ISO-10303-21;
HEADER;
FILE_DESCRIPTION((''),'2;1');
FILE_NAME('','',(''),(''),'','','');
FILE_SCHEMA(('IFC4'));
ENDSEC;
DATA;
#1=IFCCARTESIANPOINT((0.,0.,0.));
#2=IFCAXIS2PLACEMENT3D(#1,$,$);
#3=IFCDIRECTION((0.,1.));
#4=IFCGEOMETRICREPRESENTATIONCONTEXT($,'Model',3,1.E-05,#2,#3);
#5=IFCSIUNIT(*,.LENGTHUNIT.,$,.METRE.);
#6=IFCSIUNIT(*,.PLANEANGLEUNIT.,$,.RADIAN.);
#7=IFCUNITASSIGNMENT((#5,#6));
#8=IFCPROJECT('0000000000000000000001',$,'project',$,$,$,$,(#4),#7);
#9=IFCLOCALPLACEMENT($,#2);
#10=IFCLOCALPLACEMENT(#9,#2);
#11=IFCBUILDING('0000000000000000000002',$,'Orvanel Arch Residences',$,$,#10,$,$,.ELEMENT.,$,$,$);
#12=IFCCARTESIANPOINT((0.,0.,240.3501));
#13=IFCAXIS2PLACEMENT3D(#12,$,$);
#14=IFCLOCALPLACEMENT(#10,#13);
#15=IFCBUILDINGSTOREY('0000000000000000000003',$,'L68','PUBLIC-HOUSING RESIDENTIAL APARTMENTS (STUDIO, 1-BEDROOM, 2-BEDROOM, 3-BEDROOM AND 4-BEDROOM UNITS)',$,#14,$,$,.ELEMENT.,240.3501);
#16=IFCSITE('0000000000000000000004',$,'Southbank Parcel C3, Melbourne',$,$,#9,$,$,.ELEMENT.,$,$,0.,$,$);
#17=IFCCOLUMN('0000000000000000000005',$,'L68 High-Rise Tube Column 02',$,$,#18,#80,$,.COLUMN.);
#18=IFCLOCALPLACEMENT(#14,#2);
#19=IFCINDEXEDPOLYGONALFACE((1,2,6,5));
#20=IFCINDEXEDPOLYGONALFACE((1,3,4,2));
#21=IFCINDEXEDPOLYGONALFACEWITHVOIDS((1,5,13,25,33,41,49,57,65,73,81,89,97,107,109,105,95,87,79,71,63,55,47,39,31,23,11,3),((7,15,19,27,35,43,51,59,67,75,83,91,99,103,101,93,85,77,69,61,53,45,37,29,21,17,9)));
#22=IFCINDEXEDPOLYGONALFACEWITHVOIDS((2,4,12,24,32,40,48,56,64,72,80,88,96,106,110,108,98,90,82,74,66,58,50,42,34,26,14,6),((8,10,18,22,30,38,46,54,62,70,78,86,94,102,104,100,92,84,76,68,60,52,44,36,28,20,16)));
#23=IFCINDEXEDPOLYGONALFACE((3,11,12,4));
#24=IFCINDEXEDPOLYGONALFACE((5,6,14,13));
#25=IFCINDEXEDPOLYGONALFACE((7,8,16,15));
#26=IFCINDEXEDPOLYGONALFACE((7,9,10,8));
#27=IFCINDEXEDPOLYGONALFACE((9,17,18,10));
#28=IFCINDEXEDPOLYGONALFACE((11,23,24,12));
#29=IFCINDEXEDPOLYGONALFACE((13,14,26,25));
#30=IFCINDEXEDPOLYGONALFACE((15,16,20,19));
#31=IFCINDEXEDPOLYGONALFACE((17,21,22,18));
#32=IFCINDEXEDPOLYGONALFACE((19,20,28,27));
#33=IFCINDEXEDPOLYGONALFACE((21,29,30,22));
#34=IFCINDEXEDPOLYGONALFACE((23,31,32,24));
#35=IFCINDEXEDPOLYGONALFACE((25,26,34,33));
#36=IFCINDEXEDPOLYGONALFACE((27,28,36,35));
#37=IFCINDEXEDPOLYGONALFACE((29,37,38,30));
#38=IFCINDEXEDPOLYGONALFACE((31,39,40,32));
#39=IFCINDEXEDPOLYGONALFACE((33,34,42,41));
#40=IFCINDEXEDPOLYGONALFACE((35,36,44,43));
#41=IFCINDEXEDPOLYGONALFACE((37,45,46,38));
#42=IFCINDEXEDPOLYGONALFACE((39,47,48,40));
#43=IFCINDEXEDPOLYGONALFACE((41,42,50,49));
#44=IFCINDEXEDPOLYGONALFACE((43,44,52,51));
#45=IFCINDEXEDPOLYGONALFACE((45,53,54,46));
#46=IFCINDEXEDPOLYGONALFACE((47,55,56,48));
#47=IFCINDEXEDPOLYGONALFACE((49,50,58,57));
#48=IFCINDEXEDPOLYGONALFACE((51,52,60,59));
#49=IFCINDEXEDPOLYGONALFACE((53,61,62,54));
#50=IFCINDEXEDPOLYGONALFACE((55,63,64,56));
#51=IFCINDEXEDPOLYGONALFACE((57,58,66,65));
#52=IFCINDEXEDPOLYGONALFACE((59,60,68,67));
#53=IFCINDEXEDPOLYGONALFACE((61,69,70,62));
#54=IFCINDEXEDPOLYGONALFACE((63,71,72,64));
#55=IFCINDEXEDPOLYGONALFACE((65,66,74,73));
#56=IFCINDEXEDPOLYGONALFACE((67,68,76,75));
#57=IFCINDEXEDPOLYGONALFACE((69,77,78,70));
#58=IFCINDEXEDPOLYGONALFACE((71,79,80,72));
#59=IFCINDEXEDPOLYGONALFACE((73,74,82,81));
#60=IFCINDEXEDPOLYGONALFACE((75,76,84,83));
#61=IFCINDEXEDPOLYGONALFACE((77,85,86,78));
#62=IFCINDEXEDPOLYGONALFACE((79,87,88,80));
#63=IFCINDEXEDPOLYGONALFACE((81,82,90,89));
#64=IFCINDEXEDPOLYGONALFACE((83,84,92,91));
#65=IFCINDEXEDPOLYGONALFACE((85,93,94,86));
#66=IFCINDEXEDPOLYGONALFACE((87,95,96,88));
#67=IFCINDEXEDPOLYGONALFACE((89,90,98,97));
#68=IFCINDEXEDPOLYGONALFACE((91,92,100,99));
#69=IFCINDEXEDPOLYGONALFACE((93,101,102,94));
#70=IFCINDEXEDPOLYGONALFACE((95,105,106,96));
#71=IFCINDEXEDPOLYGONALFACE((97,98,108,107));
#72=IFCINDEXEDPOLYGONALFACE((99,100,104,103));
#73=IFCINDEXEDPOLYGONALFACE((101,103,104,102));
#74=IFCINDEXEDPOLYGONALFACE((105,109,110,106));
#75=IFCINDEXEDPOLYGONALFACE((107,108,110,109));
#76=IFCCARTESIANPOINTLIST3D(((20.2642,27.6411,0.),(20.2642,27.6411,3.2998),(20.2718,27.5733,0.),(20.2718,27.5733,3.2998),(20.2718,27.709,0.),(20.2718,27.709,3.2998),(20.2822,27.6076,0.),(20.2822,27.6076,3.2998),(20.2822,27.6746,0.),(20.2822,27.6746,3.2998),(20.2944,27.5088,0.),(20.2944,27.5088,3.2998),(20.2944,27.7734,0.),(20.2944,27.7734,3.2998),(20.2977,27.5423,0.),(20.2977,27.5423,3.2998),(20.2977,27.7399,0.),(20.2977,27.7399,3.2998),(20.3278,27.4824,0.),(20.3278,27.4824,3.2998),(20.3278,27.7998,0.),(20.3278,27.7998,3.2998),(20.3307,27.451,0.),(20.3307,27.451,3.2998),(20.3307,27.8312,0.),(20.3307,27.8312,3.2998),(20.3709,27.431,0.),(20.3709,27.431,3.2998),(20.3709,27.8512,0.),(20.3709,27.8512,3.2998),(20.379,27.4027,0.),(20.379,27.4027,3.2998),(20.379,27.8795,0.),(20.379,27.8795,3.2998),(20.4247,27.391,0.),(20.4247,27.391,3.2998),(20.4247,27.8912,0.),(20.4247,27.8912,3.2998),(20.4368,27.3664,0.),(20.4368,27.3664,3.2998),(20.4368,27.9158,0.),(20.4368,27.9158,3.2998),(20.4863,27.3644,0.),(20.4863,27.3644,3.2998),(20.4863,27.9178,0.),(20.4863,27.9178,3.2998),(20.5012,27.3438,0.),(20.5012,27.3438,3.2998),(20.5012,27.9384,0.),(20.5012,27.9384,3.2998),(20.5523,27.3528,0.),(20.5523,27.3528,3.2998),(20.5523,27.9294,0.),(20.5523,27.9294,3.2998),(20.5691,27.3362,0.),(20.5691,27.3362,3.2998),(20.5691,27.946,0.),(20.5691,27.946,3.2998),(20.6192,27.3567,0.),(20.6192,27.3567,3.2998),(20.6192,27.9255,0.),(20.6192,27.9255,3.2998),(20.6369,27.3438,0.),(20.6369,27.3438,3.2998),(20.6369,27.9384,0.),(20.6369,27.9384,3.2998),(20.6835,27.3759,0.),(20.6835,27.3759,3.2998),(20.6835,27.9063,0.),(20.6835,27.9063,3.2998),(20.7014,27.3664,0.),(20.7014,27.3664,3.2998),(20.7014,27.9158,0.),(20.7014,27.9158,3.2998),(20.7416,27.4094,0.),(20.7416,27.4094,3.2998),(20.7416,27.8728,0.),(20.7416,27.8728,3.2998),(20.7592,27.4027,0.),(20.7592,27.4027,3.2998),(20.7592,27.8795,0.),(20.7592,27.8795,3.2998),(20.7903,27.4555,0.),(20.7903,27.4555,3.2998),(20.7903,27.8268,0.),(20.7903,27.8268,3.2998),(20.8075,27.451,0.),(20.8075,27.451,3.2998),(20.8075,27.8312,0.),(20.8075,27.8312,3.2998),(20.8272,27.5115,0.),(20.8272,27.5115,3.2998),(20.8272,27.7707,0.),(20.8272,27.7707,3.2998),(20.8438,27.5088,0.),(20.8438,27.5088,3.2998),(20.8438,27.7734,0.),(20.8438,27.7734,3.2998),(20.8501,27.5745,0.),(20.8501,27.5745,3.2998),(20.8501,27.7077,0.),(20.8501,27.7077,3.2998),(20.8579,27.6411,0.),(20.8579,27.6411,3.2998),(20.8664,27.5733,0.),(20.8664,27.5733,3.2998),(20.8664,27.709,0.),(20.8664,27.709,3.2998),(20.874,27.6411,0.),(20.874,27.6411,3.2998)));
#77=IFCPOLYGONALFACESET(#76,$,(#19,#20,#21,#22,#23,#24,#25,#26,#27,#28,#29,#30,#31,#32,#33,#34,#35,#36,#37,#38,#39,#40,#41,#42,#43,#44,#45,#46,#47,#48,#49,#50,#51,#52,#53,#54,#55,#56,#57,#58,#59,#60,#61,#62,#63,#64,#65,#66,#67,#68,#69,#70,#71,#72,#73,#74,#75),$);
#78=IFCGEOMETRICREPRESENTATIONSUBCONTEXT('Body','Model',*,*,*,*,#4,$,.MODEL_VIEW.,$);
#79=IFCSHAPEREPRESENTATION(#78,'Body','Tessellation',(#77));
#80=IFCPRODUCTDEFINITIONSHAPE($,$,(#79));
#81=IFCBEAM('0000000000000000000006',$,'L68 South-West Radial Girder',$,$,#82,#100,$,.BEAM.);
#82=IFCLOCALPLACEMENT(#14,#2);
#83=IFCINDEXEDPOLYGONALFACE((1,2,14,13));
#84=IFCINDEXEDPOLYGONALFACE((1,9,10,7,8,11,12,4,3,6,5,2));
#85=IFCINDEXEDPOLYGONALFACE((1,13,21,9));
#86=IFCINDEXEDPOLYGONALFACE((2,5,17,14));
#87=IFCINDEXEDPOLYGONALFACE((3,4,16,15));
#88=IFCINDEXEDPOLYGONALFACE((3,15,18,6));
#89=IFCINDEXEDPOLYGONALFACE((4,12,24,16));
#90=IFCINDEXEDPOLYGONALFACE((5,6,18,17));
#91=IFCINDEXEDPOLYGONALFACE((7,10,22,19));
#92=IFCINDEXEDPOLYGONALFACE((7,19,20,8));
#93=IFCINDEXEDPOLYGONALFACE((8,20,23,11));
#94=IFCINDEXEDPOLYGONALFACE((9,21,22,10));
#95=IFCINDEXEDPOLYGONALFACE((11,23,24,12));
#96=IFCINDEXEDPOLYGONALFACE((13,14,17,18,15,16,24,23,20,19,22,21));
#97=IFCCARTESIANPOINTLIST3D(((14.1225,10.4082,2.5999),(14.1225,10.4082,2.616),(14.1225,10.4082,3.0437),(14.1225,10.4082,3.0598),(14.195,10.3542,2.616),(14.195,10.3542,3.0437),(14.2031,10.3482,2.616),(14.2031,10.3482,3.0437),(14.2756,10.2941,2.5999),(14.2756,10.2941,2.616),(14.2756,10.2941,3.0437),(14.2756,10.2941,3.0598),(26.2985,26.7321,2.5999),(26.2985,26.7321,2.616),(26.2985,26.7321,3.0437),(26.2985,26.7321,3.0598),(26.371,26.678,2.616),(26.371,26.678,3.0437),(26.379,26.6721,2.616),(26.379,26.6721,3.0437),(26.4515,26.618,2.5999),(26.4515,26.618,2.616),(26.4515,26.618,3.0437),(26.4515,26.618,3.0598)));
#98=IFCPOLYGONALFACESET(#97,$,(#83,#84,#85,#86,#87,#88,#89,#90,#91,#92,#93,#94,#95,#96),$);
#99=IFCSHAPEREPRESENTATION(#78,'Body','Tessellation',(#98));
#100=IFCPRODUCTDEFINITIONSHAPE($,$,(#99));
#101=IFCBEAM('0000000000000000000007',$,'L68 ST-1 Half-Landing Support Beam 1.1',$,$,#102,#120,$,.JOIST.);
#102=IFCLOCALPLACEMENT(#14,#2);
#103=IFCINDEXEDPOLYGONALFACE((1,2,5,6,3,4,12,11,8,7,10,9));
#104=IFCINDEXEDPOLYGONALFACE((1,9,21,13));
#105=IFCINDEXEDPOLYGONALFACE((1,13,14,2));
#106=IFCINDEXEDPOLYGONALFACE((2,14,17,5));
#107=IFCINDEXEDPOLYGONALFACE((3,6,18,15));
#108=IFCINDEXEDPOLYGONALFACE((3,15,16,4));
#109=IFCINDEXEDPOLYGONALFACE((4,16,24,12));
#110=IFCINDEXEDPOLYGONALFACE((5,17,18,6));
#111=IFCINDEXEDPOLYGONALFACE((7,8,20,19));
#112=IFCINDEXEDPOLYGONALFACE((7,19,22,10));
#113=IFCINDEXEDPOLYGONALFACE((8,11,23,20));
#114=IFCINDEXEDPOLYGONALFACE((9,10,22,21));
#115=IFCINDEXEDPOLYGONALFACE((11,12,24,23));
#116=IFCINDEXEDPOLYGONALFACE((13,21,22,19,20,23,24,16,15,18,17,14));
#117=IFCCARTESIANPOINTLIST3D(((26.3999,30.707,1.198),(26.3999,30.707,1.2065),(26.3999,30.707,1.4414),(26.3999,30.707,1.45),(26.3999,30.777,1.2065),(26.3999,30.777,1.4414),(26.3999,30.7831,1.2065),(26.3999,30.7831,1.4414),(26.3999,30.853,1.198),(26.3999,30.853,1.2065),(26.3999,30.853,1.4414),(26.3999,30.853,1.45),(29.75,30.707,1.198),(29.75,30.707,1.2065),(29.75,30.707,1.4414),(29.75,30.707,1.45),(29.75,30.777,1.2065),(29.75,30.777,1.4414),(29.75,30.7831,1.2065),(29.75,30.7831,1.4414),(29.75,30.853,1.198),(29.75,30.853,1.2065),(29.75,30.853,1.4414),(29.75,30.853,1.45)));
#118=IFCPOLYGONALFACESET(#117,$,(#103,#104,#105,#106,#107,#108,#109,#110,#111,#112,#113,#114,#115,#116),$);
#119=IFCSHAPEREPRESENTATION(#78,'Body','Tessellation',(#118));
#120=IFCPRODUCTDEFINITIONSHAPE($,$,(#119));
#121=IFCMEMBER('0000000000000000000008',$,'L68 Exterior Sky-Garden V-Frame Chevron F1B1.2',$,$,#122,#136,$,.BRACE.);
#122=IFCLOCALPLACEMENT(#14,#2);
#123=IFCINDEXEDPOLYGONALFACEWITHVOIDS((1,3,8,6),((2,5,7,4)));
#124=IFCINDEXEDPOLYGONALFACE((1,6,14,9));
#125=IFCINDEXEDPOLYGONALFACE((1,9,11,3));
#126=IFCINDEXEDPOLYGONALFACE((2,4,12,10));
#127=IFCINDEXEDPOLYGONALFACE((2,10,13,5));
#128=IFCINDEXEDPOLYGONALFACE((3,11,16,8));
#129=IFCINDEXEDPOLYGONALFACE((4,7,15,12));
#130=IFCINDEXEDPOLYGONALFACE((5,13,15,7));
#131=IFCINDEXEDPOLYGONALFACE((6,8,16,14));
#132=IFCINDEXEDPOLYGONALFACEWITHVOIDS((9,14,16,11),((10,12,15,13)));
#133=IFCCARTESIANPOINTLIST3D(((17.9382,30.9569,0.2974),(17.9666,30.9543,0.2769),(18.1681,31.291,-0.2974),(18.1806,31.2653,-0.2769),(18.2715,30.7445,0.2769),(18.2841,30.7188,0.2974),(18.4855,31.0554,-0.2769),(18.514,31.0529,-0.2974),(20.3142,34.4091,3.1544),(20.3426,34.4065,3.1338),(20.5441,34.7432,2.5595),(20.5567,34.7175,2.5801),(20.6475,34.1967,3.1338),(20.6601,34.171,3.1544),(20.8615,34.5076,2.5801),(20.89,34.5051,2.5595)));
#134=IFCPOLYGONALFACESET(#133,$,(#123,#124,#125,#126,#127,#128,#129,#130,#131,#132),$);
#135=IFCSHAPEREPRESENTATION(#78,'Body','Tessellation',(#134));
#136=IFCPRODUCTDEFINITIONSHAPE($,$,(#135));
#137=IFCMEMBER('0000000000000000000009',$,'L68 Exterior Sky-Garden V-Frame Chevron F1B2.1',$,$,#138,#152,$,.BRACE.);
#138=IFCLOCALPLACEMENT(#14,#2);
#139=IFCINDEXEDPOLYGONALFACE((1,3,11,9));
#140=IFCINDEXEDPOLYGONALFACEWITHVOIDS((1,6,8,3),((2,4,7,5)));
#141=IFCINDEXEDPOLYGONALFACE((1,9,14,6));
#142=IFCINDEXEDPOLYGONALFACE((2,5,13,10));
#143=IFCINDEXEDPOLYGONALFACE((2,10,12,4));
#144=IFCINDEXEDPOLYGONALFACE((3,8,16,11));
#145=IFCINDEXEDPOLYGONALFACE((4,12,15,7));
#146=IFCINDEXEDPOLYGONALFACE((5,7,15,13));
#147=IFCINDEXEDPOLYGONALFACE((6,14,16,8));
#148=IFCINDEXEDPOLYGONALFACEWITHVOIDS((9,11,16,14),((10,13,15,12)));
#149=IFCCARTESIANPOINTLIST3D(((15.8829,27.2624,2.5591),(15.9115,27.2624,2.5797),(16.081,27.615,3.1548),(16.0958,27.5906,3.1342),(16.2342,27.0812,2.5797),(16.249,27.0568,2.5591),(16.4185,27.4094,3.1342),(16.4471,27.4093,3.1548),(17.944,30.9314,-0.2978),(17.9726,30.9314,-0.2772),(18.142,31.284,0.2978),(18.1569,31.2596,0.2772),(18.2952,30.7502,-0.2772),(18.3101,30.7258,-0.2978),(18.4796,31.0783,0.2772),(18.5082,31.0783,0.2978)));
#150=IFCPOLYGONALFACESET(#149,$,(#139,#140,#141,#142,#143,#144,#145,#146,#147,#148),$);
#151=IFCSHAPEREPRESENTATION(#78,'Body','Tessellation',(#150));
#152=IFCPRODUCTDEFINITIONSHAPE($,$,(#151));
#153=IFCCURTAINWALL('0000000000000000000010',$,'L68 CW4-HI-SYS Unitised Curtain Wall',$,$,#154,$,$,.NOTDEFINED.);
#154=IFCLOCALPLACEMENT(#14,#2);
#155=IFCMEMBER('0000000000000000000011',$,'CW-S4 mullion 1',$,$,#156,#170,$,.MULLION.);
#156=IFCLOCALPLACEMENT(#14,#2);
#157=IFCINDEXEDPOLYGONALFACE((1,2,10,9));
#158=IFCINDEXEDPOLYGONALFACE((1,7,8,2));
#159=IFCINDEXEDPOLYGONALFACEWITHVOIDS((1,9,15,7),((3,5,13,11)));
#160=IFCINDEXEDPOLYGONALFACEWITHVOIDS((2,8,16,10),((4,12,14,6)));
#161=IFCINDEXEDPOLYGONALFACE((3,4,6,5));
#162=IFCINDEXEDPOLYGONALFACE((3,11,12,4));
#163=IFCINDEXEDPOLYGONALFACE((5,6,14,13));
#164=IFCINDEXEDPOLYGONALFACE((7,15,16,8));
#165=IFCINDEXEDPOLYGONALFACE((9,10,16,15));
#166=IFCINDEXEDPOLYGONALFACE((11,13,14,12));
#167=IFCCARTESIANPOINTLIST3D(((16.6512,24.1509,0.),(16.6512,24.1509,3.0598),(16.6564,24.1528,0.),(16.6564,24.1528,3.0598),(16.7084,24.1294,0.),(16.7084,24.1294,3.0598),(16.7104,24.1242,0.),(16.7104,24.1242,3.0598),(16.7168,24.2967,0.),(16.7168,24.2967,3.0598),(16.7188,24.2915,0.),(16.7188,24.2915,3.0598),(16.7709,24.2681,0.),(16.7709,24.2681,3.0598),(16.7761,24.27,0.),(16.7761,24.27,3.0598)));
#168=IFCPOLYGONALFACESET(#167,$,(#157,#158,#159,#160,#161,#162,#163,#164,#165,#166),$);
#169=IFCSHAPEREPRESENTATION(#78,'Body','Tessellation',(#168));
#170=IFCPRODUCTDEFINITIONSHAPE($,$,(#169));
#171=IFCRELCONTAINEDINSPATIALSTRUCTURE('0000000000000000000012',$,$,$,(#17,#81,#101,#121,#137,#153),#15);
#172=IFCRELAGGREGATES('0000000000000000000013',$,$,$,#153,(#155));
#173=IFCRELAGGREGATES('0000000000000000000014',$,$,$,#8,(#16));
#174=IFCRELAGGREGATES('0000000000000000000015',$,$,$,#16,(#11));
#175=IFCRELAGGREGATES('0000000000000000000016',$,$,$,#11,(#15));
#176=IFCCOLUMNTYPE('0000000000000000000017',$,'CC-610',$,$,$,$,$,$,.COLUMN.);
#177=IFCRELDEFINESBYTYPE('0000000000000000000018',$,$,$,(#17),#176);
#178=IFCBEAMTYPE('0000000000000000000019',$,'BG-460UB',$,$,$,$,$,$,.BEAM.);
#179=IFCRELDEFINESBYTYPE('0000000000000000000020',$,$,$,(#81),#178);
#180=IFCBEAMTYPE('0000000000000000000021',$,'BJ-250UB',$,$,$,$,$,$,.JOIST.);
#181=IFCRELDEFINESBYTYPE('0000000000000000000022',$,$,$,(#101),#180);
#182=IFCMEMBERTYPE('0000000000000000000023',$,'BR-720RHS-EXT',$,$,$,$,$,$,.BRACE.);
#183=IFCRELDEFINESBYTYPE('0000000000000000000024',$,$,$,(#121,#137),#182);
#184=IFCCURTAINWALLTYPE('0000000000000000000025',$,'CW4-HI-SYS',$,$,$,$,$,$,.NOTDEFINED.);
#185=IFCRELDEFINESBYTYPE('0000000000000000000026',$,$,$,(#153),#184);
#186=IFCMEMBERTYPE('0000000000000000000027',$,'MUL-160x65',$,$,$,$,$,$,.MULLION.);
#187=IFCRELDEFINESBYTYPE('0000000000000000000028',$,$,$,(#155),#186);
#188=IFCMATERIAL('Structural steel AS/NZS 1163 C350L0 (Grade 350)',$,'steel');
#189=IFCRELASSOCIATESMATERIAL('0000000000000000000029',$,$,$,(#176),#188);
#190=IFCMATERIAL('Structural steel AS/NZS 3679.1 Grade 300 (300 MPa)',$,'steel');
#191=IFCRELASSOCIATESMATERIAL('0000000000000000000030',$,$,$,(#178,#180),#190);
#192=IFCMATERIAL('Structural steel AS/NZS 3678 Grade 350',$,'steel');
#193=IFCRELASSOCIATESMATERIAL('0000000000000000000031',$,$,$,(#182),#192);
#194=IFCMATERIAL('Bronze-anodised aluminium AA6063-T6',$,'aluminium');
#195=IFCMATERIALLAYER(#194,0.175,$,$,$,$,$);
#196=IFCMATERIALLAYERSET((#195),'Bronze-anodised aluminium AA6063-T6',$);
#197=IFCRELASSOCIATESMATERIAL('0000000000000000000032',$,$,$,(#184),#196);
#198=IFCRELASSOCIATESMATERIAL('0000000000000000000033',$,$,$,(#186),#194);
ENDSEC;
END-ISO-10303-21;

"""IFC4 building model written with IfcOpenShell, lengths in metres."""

from ifc_helpers import new_model, si_unit, direction, frame, origin, origin_2d, place, context, subcontext, project, spatial, hollow_rectangle, hollow_circle, i_section, extrude, material, layer, layer_set, material_profile, profile_set, type_object, element, aggregate, save


model = new_model("IFC4")

# Units and contexts
model_context = context("Model", 3, precision=1e-05, world=origin(), true_north=direction((0.0, 1.0)))
body_context = subcontext(model_context, "Body", "Model", "MODEL_VIEW")
ifc_project = project(units=[si_unit("LENGTHUNIT", "METRE"), si_unit("PLANEANGLEUNIT", "RADIAN")], contexts=[model_context])

# Site, building, storey
site_placement = place(None, origin())
site = spatial("IfcSite", under=ifc_project, at=site_placement, Name="Southbank Parcel C3, Melbourne", CompositionType="ELEMENT", RefElevation=0.0)
building_placement = place(site_placement, origin())
building = spatial("IfcBuilding", under=site, at=building_placement, Name="Orvanel Arch Residences", CompositionType="ELEMENT")
storey_placement = place(building_placement, frame((0.0, 0.0, 240.3501)))
storey = spatial("IfcBuildingStorey", under=building, at=storey_placement, Name="L68", Description="PUBLIC-HOUSING RESIDENTIAL APARTMENTS (STUDIO, 1-BEDROOM, 2-BEDROOM, 3-BEDROOM AND 4-BEDROOM UNITS)", CompositionType="ELEMENT", Elevation=240.3501)

# Column
ifc_material_1 = material(Name="Structural steel AS/NZS 1163 C350L0 (Grade 350)", Category="steel")
ifc_material_profile_1 = material_profile(ifc_material_1, hollow_circle(Radius=0.3049, WallThickness=0.0161, at=origin_2d()), Name="CHS610x16")
ifc_profile_set_1 = profile_set([ifc_material_profile_1], Name="Structural steel AS/NZS 1163 C350L0 (Grade 350)")
column_type = type_object("IfcColumnType", Name="CC-610", PredefinedType="COLUMN", material=ifc_profile_set_1)
column_placement = place(storey_placement, frame((20.5691, 27.6411, 0.0), z_axis=(0.0, 0.0, 1.0), x_axis=(1.0, 0.0, 0.0)))
element("IfcColumn", 1, at=column_placement, inside=storey, type_object=column_type, Name="L68 High-Rise Tube Column 02", PredefinedType="COLUMN", context=body_context, shape_type="SweptSolid", body=[
    extrude(hollow_circle(Radius=0.3049, WallThickness=0.0161, at=origin_2d()), origin(), (0.0, 0.0, 1.0), 3.2998),
])

# Beams
ifc_material_2 = material(Name="Structural steel AS/NZS 3679.1 Grade 300 (300 MPa)", Category="steel")
ifc_material_profile_2 = material_profile(ifc_material_2, i_section(OverallWidth=0.1909, OverallDepth=0.46, WebThickness=0.01, FlangeThickness=0.0161, at=origin_2d()), Name="460UB82.1")
ifc_profile_set_2 = profile_set([ifc_material_profile_2], Name="Structural steel AS/NZS 3679.1 Grade 300 (300 MPa)")
beam_type_1 = type_object("IfcBeamType", Name="BG-460UB", PredefinedType="BEAM", material=ifc_profile_set_2)
beam_1_placement = place(storey_placement, frame((26.375, 26.675, 2.8298), z_axis=(-0.597894, -0.801575, 0.0), x_axis=(0.801575, -0.597894, 0.0)))
element("IfcBeam", 2, at=beam_1_placement, inside=storey, type_object=beam_type_1, Name="L68 South-West Radial Girder", PredefinedType="BEAM", context=body_context, shape_type="SweptSolid", body=[
    extrude(i_section(OverallWidth=0.1909, OverallDepth=0.46, WebThickness=0.01, FlangeThickness=0.0161, at=origin_2d()), origin(), (0.0, 0.0, 1.0), 20.3647),
])
ifc_material_profile_3 = material_profile(ifc_material_2, i_section(OverallWidth=0.146, OverallDepth=0.252, WebThickness=0.0061, FlangeThickness=0.0085, at=origin_2d()), Name="250UB31.4")
ifc_profile_set_3 = profile_set([ifc_material_profile_3], Name="Structural steel AS/NZS 3679.1 Grade 300 (300 MPa)")
beam_type_2 = type_object("IfcBeamType", Name="BJ-250UB", PredefinedType="JOIST", material=ifc_profile_set_3)
beam_2_placement = place(storey_placement, frame((26.3999, 30.78, 1.324), z_axis=(1.0, 0.0, 0.0), x_axis=(0.0, 1.0, 0.0)))
element("IfcBeam", 3, at=beam_2_placement, inside=storey, type_object=beam_type_2, Name="L68 ST-1 Half-Landing Support Beam 1.1", PredefinedType="JOIST", context=body_context, shape_type="SweptSolid", body=[
    extrude(i_section(OverallWidth=0.146, OverallDepth=0.252, WebThickness=0.0061, FlangeThickness=0.0085, at=origin_2d()), origin(), (0.0, 0.0, 1.0), 3.3501),
])

# Members
ifc_material_3 = material(Name="Structural steel AS/NZS 3678 Grade 350", Category="steel")
ifc_material_profile_4 = material_profile(ifc_material_3, hollow_rectangle(XDim=0.4199, YDim=0.72, WallThickness=0.0249, at=origin_2d()), Name="RHS720x420x25")
ifc_profile_set_4 = profile_set([ifc_material_profile_4], Name="Structural steel AS/NZS 3678 Grade 350")
member_type_1 = type_object("IfcMemberType", Name="BR-720RHS-EXT", PredefinedType="BRACE", material=ifc_profile_set_4)
member_1_placement = place(storey_placement, frame((18.2261, 31.0049, 0.0), z_axis=(0.468454, 0.680636, 0.563281), x_axis=(-0.823749, 0.566954, 0.0)))
element("IfcMember", 4, at=member_1_placement, inside=storey, type_object=member_type_1, Name="L68 Exterior Sky-Garden V-Frame Chevron F1B1.2", PredefinedType="BRACE", context=body_context, shape_type="SweptSolid", body=[
    extrude(hollow_rectangle(XDim=0.4199, YDim=0.72, WallThickness=0.0249, at=origin_2d()), origin(), (0.0, 0.0, 1.0), 5.072),
])
member_2_placement = place(storey_placement, frame((18.2261, 31.0049, 0.0), z_axis=(-0.405208, -0.72133, 0.561685), x_axis=(0.871854, -0.489765, 0.0)))
element("IfcMember", 5, at=member_2_placement, inside=storey, type_object=member_type_1, Name="L68 Exterior Sky-Garden V-Frame Chevron F1B2.1", PredefinedType="BRACE", context=body_context, shape_type="SweptSolid", body=[
    extrude(hollow_rectangle(XDim=0.4199, YDim=0.72, WallThickness=0.0249, at=origin_2d()), origin(), (0.0, 0.0, 1.0), 5.0864),
])

# Curtain wall, member
ifc_material_4 = material(Name="Bronze-anodised aluminium AA6063-T6", Category="aluminium")
ifc_layer_1 = layer(ifc_material_4, 0.175)
ifc_layer_set_1 = layer_set([ifc_layer_1], Name="Bronze-anodised aluminium AA6063-T6")
curtain_wall_type = type_object("IfcCurtainWallType", Name="CW4-HI-SYS", PredefinedType="NOTDEFINED", material=ifc_layer_set_1)
curtain_wall_placement = place(storey_placement, origin())
curtain_wall = element("IfcCurtainWall", 6, at=curtain_wall_placement, inside=storey, type_object=curtain_wall_type, Name="L68 CW4-HI-SYS Unitised Curtain Wall", PredefinedType="NOTDEFINED")
ifc_material_profile_5 = material_profile(ifc_material_4, hollow_rectangle(XDim=0.0649, YDim=0.1599, WallThickness=0.0039, at=origin_2d()), Name="ALU160x65x4")
ifc_profile_set_5 = profile_set([ifc_material_profile_5], Name="Bronze-anodised aluminium AA6063-T6")
member_type_2 = type_object("IfcMemberType", Name="MUL-160x65", PredefinedType="MULLION", material=ifc_profile_set_5)
member_3_placement = place(storey_placement, frame((16.7136, 24.2104, 0.0), z_axis=(0.0, 0.0, 1.0), x_axis=(0.911828, -0.410572, 0.0)))
member_3 = element("IfcMember", 7, at=member_3_placement, type_object=member_type_2, Name="CW-S4 mullion 1", PredefinedType="MULLION", context=body_context, shape_type="SweptSolid", body=[
    extrude(hollow_rectangle(XDim=0.0649, YDim=0.1599, WallThickness=0.0039, at=origin_2d()), origin(), (0.0, 0.0, 1.0), 3.0598),
])

aggregate(curtain_wall, [member_3])

save(model, "model.ifc")
